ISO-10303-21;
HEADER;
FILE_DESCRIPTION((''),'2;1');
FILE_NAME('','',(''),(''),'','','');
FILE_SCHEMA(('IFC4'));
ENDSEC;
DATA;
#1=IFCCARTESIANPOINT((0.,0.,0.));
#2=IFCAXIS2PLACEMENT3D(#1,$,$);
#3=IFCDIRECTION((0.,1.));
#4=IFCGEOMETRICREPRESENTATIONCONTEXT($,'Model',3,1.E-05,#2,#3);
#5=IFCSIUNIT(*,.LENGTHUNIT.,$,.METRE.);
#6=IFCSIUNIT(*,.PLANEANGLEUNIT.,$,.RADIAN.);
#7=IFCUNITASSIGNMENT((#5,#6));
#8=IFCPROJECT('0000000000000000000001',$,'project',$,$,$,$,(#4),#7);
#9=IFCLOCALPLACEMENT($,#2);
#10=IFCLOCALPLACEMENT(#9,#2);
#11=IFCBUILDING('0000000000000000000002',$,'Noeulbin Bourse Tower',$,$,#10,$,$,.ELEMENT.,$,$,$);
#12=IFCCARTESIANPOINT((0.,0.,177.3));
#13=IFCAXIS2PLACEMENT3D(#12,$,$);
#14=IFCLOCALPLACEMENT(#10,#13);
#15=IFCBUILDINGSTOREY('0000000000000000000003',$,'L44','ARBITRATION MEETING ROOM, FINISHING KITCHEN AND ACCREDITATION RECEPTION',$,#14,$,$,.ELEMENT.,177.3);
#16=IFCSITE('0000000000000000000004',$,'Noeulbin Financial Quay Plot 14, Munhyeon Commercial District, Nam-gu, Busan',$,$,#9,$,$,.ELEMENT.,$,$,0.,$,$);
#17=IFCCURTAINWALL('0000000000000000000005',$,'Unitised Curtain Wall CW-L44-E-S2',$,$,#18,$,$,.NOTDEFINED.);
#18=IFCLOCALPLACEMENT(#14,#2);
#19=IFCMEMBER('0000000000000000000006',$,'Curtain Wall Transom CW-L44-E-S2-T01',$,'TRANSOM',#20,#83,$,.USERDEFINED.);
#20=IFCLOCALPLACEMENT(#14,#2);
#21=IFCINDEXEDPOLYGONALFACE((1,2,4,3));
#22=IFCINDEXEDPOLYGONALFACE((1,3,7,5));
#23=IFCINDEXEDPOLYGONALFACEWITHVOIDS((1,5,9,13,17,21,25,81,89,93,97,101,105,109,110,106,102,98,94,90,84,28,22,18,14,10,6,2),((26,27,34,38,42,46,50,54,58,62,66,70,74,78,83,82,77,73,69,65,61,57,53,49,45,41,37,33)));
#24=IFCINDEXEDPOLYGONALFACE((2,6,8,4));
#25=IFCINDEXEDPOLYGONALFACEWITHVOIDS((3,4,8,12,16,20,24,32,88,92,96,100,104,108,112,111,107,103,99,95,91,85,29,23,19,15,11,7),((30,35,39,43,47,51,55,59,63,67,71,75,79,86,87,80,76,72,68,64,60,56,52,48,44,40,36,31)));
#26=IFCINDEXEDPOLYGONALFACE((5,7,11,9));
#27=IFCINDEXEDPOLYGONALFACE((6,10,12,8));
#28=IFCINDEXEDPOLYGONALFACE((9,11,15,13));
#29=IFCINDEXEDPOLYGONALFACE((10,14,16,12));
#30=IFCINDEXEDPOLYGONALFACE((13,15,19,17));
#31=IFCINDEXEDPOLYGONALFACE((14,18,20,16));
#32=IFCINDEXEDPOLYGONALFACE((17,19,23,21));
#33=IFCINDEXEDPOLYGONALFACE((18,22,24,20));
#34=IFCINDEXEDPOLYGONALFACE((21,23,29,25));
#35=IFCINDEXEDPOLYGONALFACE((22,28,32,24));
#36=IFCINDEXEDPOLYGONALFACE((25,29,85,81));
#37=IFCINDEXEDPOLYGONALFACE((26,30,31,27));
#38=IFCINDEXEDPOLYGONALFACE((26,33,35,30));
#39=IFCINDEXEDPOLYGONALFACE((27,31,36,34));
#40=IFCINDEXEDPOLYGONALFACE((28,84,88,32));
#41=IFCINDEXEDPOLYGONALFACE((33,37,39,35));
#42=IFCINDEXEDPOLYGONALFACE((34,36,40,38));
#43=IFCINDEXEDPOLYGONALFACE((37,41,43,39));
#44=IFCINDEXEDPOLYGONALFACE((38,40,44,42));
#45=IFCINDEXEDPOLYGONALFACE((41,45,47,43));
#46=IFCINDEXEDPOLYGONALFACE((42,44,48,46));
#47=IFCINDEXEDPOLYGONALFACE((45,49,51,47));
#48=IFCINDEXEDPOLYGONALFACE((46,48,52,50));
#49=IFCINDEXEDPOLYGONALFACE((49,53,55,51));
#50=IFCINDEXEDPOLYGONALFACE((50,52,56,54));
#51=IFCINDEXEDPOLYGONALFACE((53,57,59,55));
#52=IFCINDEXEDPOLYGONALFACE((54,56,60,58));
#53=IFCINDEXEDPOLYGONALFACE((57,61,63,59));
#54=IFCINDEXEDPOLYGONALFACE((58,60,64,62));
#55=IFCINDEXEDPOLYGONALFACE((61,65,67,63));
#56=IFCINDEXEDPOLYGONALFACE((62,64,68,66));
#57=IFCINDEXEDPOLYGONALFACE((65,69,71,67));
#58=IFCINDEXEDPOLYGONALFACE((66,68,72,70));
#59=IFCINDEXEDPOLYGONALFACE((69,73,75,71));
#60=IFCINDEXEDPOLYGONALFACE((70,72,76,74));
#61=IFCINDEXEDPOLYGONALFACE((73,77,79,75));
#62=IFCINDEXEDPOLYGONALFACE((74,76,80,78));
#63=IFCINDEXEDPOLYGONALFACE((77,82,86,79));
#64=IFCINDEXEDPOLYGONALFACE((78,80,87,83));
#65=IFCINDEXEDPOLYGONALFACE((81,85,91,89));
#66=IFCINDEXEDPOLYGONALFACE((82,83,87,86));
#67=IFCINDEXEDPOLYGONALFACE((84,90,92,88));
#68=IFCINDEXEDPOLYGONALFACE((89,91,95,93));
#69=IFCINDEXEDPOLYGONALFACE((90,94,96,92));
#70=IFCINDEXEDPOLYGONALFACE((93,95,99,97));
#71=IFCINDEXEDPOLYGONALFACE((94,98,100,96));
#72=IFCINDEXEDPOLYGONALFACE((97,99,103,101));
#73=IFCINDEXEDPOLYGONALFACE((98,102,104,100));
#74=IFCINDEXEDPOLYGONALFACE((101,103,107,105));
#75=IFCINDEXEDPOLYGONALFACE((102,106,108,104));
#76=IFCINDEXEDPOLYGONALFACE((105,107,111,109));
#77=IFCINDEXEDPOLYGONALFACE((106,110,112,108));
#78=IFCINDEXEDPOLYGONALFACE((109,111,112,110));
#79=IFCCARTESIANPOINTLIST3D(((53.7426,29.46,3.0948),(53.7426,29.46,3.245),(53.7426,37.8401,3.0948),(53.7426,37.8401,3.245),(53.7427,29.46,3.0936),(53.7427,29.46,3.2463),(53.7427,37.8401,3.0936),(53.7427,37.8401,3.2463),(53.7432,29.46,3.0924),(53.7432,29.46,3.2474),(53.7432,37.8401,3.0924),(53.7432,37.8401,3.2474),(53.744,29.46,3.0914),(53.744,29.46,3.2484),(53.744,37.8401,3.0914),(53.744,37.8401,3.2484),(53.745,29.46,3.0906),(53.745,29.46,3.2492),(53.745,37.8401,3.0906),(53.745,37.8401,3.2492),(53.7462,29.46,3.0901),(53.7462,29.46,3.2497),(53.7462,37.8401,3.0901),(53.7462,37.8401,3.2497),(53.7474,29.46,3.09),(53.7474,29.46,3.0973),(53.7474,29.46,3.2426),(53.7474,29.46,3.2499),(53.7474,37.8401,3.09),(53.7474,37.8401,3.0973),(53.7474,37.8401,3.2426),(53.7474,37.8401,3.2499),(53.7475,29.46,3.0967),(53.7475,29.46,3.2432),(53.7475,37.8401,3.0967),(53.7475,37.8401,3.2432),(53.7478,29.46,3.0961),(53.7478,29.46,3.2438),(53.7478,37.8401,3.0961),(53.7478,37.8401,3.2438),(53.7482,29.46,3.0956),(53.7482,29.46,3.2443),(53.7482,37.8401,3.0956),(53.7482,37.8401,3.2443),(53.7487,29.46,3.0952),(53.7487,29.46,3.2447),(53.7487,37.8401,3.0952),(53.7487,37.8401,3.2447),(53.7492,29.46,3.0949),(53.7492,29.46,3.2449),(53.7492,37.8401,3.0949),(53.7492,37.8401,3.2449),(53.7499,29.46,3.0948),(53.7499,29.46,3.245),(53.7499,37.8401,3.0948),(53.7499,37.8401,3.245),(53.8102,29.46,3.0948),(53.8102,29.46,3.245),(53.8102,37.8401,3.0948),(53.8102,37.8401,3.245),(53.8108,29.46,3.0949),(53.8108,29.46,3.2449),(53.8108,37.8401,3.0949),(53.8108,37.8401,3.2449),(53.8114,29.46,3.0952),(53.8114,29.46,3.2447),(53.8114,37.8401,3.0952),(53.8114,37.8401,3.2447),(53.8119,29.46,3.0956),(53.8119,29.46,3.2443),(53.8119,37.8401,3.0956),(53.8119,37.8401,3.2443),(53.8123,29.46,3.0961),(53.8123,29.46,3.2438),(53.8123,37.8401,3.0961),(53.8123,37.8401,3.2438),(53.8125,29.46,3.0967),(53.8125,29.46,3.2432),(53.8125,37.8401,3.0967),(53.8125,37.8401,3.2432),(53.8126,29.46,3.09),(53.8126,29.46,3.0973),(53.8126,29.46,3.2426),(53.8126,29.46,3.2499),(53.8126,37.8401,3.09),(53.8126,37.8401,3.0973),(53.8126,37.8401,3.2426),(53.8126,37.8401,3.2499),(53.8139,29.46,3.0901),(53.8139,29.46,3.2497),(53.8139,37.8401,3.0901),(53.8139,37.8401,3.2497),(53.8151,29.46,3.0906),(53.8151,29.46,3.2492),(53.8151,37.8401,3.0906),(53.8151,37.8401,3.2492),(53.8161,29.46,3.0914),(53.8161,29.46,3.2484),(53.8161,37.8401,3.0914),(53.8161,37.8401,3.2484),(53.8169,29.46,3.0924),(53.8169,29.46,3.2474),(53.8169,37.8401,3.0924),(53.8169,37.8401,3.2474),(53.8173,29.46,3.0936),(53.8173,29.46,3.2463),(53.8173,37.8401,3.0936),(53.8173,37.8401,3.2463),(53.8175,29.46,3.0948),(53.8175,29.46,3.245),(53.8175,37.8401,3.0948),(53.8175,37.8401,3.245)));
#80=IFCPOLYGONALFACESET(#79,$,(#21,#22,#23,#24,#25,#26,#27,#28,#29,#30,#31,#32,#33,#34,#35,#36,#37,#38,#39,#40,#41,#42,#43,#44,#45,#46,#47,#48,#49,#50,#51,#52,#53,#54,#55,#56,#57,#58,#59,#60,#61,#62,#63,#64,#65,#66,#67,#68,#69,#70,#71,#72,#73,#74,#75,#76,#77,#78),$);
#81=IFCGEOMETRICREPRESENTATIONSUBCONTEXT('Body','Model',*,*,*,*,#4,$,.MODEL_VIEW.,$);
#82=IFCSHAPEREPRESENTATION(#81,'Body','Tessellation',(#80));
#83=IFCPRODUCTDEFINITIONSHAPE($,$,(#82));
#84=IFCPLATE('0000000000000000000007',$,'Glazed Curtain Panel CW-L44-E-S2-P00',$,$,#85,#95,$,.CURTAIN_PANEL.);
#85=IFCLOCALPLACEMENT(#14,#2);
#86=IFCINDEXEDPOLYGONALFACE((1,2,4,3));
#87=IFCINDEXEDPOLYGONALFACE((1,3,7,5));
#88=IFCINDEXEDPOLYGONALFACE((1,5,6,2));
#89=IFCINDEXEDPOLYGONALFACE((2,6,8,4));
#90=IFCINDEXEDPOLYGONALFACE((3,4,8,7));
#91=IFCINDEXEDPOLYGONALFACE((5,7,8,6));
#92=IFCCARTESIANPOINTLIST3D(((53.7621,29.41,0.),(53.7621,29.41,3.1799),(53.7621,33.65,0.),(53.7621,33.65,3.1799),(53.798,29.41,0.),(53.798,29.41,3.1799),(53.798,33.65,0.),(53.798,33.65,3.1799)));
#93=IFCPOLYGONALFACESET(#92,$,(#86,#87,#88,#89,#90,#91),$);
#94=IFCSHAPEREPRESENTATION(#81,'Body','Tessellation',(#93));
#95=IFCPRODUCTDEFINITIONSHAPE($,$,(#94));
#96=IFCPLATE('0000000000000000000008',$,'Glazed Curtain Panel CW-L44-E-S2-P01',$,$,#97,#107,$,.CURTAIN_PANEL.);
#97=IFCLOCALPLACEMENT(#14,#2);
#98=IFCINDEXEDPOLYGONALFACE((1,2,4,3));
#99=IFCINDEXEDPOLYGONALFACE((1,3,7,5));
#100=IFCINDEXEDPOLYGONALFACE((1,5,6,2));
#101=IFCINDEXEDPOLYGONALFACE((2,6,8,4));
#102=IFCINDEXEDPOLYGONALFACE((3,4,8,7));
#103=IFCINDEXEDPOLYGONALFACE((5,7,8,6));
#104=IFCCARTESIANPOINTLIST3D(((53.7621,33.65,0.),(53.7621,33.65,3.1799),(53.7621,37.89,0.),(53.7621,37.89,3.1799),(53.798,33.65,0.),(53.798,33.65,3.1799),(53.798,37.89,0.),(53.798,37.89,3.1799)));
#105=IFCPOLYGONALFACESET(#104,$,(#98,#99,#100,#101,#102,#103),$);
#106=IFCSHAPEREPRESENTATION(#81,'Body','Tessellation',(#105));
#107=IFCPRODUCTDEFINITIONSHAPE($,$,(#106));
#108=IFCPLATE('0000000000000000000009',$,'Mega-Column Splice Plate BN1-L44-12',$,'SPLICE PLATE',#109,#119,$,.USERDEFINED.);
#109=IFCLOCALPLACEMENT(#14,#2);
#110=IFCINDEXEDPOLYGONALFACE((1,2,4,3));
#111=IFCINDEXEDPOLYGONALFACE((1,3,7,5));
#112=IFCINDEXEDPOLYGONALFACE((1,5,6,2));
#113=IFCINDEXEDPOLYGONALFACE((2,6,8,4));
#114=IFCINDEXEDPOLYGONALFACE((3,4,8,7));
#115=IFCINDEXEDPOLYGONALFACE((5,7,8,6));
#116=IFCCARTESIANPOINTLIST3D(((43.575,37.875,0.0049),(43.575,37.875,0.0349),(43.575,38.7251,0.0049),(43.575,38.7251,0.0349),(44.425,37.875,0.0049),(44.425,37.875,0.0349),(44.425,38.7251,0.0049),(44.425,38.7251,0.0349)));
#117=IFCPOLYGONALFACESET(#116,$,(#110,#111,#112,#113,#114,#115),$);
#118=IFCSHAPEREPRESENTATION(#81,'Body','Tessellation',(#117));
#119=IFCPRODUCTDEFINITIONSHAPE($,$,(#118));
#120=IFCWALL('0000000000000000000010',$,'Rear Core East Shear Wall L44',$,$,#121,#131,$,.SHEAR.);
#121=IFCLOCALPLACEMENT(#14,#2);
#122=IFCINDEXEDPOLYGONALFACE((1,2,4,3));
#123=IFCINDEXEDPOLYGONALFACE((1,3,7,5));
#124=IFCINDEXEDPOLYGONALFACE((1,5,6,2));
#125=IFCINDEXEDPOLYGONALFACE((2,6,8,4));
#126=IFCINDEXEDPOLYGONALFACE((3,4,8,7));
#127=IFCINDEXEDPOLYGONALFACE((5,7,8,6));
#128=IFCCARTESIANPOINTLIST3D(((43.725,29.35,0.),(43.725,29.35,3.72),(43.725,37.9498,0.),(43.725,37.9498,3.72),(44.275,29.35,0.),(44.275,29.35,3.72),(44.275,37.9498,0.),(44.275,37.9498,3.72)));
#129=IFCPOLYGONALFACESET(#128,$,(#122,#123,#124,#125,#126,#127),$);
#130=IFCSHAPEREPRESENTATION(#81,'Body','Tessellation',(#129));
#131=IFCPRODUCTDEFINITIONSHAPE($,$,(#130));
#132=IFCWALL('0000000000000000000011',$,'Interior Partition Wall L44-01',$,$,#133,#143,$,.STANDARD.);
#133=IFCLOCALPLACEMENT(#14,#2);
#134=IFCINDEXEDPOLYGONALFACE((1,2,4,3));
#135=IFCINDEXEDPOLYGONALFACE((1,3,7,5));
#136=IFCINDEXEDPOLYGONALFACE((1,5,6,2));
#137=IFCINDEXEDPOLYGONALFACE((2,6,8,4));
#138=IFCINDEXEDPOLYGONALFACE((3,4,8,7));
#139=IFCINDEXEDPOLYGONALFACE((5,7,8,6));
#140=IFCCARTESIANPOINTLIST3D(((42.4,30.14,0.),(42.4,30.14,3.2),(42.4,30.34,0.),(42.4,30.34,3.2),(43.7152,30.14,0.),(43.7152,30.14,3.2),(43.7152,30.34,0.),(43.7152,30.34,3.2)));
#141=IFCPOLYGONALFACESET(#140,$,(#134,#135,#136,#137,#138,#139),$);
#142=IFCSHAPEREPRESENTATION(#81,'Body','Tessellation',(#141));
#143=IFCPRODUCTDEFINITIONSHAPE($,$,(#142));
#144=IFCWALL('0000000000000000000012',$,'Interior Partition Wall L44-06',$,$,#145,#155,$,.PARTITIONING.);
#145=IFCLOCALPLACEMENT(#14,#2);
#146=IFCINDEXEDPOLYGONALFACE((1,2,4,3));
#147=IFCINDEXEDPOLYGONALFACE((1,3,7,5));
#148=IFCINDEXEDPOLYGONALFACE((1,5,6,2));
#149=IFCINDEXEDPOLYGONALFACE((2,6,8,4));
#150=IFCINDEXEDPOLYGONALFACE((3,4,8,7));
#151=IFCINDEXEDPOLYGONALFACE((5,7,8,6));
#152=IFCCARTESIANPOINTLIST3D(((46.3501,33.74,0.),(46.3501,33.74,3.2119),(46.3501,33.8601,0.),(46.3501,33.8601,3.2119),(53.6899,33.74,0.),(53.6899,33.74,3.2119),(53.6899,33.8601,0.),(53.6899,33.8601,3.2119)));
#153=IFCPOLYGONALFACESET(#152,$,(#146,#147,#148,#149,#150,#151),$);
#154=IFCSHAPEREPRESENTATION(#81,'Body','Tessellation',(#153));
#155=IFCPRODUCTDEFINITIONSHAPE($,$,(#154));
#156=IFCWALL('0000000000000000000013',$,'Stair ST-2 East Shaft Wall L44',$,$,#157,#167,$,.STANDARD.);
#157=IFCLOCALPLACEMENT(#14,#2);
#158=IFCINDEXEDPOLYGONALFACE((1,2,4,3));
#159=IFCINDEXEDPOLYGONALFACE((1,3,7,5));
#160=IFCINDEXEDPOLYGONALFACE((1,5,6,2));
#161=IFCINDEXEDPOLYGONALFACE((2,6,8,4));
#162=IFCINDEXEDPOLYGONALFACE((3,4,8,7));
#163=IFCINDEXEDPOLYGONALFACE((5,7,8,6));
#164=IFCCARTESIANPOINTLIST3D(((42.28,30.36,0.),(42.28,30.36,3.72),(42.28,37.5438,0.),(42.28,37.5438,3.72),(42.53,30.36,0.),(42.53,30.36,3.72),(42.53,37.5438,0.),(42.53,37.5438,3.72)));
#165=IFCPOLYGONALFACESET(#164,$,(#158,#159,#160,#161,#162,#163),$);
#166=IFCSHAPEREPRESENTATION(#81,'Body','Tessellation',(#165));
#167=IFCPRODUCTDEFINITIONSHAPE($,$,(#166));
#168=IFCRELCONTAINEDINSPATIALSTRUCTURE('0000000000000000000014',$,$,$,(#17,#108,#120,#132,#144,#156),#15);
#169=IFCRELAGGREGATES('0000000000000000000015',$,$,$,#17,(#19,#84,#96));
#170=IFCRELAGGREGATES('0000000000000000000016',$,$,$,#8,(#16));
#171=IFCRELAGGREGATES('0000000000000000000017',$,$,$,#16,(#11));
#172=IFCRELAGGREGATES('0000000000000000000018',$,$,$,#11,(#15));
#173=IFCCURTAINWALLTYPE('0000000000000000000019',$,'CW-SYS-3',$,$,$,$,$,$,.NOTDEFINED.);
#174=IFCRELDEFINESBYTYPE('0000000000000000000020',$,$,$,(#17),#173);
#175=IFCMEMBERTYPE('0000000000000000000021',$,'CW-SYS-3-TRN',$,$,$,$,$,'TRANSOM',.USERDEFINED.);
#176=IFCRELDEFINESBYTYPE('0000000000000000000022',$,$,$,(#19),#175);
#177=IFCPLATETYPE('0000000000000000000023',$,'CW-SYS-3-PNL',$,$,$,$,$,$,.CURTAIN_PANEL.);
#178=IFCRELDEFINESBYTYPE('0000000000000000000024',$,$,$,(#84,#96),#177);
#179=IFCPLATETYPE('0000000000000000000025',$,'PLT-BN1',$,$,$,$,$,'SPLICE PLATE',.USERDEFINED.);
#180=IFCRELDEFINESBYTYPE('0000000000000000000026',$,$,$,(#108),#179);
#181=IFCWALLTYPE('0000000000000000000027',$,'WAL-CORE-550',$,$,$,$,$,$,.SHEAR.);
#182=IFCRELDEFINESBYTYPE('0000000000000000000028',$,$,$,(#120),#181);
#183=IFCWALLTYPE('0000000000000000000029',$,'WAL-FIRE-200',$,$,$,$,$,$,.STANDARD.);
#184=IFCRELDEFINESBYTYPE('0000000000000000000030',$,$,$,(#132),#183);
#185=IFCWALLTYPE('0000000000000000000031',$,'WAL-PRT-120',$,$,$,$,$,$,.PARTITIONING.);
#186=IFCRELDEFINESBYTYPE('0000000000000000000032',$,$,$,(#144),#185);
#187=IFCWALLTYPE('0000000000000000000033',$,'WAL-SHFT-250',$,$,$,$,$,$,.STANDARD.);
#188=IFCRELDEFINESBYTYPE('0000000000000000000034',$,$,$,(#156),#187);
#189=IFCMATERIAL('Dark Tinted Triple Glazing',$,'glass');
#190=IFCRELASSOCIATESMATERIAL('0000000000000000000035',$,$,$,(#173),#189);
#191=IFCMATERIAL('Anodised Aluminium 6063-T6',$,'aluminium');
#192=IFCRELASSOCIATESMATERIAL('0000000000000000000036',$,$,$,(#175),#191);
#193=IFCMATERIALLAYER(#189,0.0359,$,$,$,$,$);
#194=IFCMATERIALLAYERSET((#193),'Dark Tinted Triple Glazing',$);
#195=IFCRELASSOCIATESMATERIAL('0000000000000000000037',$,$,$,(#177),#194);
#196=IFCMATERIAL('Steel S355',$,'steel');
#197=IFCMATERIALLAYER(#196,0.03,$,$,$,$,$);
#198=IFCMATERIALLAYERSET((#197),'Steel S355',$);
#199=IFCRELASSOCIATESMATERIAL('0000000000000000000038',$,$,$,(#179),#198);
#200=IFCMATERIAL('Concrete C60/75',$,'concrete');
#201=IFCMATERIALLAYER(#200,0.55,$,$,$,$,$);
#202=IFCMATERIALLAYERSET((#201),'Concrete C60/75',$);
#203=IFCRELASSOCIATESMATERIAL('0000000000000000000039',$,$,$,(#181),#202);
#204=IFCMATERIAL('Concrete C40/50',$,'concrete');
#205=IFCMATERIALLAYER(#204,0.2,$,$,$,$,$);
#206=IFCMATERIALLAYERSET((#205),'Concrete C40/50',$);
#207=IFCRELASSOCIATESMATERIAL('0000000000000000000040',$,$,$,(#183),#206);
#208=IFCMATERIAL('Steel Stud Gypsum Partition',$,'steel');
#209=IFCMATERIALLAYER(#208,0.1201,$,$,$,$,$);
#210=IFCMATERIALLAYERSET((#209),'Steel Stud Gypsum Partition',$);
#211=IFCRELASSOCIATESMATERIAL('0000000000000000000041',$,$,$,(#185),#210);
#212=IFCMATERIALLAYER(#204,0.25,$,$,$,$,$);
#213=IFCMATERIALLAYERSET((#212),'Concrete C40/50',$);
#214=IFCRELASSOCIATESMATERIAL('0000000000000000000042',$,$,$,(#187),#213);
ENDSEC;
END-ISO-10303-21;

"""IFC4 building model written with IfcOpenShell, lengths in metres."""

from ifc_helpers import new_model, si_unit, direction, frame, frame_2d, origin, origin_2d, place, context, subcontext, project, spatial, rectangle, hollow_rectangle, extrude, material, layer, layer_set, material_profile, profile_set, type_object, element, aggregate, save


model = new_model("IFC4")

# Units and contexts
model_context = context("Model", 3, precision=1e-05, world=origin(), true_north=direction((0.0, 1.0)))
body_context = subcontext(model_context, "Body", "Model", "MODEL_VIEW")
ifc_project = project(units=[si_unit("LENGTHUNIT", "METRE"), si_unit("PLANEANGLEUNIT", "RADIAN")], contexts=[model_context])

# Site, building, storey
site_placement = place(None, origin())
site = spatial("IfcSite", under=ifc_project, at=site_placement, Name="Noeulbin Financial Quay Plot 14, Munhyeon Commercial District, Nam-gu, Busan", CompositionType="ELEMENT", RefElevation=0.0)
building_placement = place(site_placement, origin())
building = spatial("IfcBuilding", under=site, at=building_placement, Name="Noeulbin Bourse Tower", CompositionType="ELEMENT")
storey_placement = place(building_placement, frame((0.0, 0.0, 177.3)))
storey = spatial("IfcBuildingStorey", under=building, at=storey_placement, Name="L44", Description="ARBITRATION MEETING ROOM, FINISHING KITCHEN AND ACCREDITATION RECEPTION", CompositionType="ELEMENT", Elevation=177.3)

# Shared definitions
ifc_material_1 = material(Name="Steel S355", Category="steel")

# Curtain wall, member, plates
ifc_material_2 = material(Name="Dark Tinted Triple Glazing", Category="glass")
curtain_wall_type = type_object("IfcCurtainWallType", Name="CW-SYS-3", PredefinedType="NOTDEFINED", material=ifc_material_2)
curtain_wall_placement = place(storey_placement, origin())
curtain_wall = element("IfcCurtainWall", 1, at=curtain_wall_placement, inside=storey, type_object=curtain_wall_type, Name="Unitised Curtain Wall CW-L44-E-S2", PredefinedType="NOTDEFINED")
ifc_material_3 = material(Name="Anodised Aluminium 6063-T6", Category="aluminium")
ifc_material_profile_1 = material_profile(ifc_material_3, hollow_rectangle(XDim=0.075, YDim=0.1599, WallThickness=0.0049, InnerFilletRadius=0.0024, OuterFilletRadius=0.0049, at=origin_2d()), Name="ALU-TRAN-75x160x5", Category="LoadBearing")
ifc_profile_set_1 = profile_set([ifc_material_profile_1], Name="Anodised Aluminium 6063-T6")
member_type_1 = type_object("IfcMemberType", Name="CW-SYS-3-TRN", ElementType="TRANSOM", PredefinedType="USERDEFINED", material=ifc_profile_set_1)
member_1_placement = place(storey_placement, frame((53.78, 29.46, 3.1699), z_axis=(0.0, 1.0, 0.0), x_axis=(-1.0, 0.0, 0.0)))
member_1 = element("IfcMember", 2, at=member_1_placement, type_object=member_type_1, Name="Curtain Wall Transom CW-L44-E-S2-T01", ObjectType="TRANSOM", PredefinedType="USERDEFINED", context=body_context, shape_type="SweptSolid", body=[
    extrude(hollow_rectangle(XDim=0.075, YDim=0.1599, WallThickness=0.0049, InnerFilletRadius=0.0024, OuterFilletRadius=0.0049, at=origin_2d()), origin(), (0.0, 0.0, 1.0), 8.3801),
])
ifc_layer_1 = layer(ifc_material_2, 0.0359)
ifc_layer_set_1 = layer_set([ifc_layer_1], Name="Dark Tinted Triple Glazing")
plate_type_1 = type_object("IfcPlateType", Name="CW-SYS-3-PNL", PredefinedType="CURTAIN_PANEL", material=ifc_layer_set_1)
plate_1_placement = place(storey_placement, frame((53.78, 31.53, 0.0), z_axis=(0.0, 0.0, 1.0), x_axis=(0.0, 1.0, 0.0)))
plate_1 = element("IfcPlate", 3, at=plate_1_placement, type_object=plate_type_1, Name="Glazed Curtain Panel CW-L44-E-S2-P00", PredefinedType="CURTAIN_PANEL", context=body_context, shape_type="SweptSolid", body=[
    extrude(rectangle(XDim=4.24, YDim=0.0359, at=origin_2d()), origin(), (0.0, 0.0, 1.0), 3.1799),
])
plate_2_placement = place(storey_placement, frame((53.78, 35.77, 0.0), z_axis=(0.0, 0.0, 1.0), x_axis=(0.0, 1.0, 0.0)))
plate_2 = element("IfcPlate", 4, at=plate_2_placement, type_object=plate_type_1, Name="Glazed Curtain Panel CW-L44-E-S2-P01", PredefinedType="CURTAIN_PANEL", context=body_context, shape_type="SweptSolid", body=[
    extrude(rectangle(XDim=4.24, YDim=0.0359, at=origin_2d()), origin(), (0.0, 0.0, 1.0), 3.1799),
])
aggregate(curtain_wall, [member_1, plate_1, plate_2])

# Plate
ifc_layer_2 = layer(ifc_material_1, 0.03)
ifc_layer_set_2 = layer_set([ifc_layer_2], Name="Steel S355")
plate_type_2 = type_object("IfcPlateType", Name="PLT-BN1", ElementType="SPLICE PLATE", PredefinedType="USERDEFINED", material=ifc_layer_set_2)
plate_3_placement = place(storey_placement, frame((44.0, 38.3, 0.0049), z_axis=(0.0, 0.0, 1.0), x_axis=(1.0, 0.0, 0.0)))
element("IfcPlate", 5, at=plate_3_placement, inside=storey, type_object=plate_type_2, Name="Mega-Column Splice Plate BN1-L44-12", ObjectType="SPLICE PLATE", PredefinedType="USERDEFINED", context=body_context, shape_type="SweptSolid", body=[
    extrude(rectangle(XDim=0.8501, YDim=0.8501, at=origin_2d()), origin(), (0.0, 0.0, 1.0), 0.03),
])

# Walls
ifc_material_4 = material(Name="Concrete C60/75", Category="concrete")
ifc_layer_3 = layer(ifc_material_4, 0.55)
ifc_layer_set_3 = layer_set([ifc_layer_3], Name="Concrete C60/75")
wall_type_1 = type_object("IfcWallType", Name="WAL-CORE-550", PredefinedType="SHEAR", material=ifc_layer_set_3)
wall_1_placement = place(storey_placement, frame((44.0, 29.3501, 0.0), z_axis=(0.0, 0.0, 1.0), x_axis=(0.0, 1.0, 0.0)))
element("IfcWall", 6, at=wall_1_placement, inside=storey, type_object=wall_type_1, Name="Rear Core East Shear Wall L44", PredefinedType="SHEAR", context=body_context, shape_type="SweptSolid", body=[
    extrude(rectangle(XDim=8.5999, YDim=0.55, at=frame_2d((4.2998, 0.0))), origin(), (0.0, 0.0, 1.0), 3.72),
])
ifc_material_5 = material(Name="Concrete C40/50", Category="concrete")
ifc_layer_4 = layer(ifc_material_5, 0.2)
ifc_layer_set_4 = layer_set([ifc_layer_4], Name="Concrete C40/50")
wall_type_2 = type_object("IfcWallType", Name="WAL-FIRE-200", PredefinedType="STANDARD", material=ifc_layer_set_4)
wall_2_placement = place(storey_placement, frame((42.3999, 30.24, 0.0), z_axis=(0.0, 0.0, 1.0), x_axis=(1.0, 0.0, 0.0)))
element("IfcWall", 7, at=wall_2_placement, inside=storey, type_object=wall_type_2, Name="Interior Partition Wall L44-01", PredefinedType="STANDARD", context=body_context, shape_type="SweptSolid", body=[
    extrude(rectangle(XDim=1.3152, YDim=0.2, at=frame_2d((0.6577, 0.0))), origin(), (0.0, 0.0, 1.0), 3.2),
])
ifc_material_6 = material(Name="Steel Stud Gypsum Partition", Category="steel")
ifc_layer_5 = layer(ifc_material_6, 0.1201)
ifc_layer_set_5 = layer_set([ifc_layer_5], Name="Steel Stud Gypsum Partition")
wall_type_3 = type_object("IfcWallType", Name="WAL-PRT-120", PredefinedType="PARTITIONING", material=ifc_layer_set_5)
wall_3_placement = place(storey_placement, frame((46.3501, 33.8, 0.0), z_axis=(0.0, 0.0, 1.0), x_axis=(1.0, 0.0, 0.0)))
element("IfcWall", 8, at=wall_3_placement, inside=storey, type_object=wall_type_3, Name="Interior Partition Wall L44-06", PredefinedType="PARTITIONING", context=body_context, shape_type="SweptSolid", body=[
    extrude(rectangle(XDim=7.3398, YDim=0.1201, at=frame_2d((3.6699, 0.0))), origin(), (0.0, 0.0, 1.0), 3.2119),
])
ifc_layer_6 = layer(ifc_material_5, 0.25)
ifc_layer_set_6 = layer_set([ifc_layer_6], Name="Concrete C40/50")
wall_type_4 = type_object("IfcWallType", Name="WAL-SHFT-250", PredefinedType="STANDARD", material=ifc_layer_set_6)
wall_4_placement = place(storey_placement, frame((42.405, 30.3601, 0.0), z_axis=(0.0, 0.0, 1.0), x_axis=(0.0, 1.0, 0.0)))
element("IfcWall", 9, at=wall_4_placement, inside=storey, type_object=wall_type_4, Name="Stair ST-2 East Shaft Wall L44", PredefinedType="STANDARD", context=body_context, shape_type="SweptSolid", body=[
    extrude(rectangle(XDim=7.1838, YDim=0.25, at=frame_2d((3.5918, 0.0))), origin(), (0.0, 0.0, 1.0), 3.72),
])

save(model, "model.ifc")
